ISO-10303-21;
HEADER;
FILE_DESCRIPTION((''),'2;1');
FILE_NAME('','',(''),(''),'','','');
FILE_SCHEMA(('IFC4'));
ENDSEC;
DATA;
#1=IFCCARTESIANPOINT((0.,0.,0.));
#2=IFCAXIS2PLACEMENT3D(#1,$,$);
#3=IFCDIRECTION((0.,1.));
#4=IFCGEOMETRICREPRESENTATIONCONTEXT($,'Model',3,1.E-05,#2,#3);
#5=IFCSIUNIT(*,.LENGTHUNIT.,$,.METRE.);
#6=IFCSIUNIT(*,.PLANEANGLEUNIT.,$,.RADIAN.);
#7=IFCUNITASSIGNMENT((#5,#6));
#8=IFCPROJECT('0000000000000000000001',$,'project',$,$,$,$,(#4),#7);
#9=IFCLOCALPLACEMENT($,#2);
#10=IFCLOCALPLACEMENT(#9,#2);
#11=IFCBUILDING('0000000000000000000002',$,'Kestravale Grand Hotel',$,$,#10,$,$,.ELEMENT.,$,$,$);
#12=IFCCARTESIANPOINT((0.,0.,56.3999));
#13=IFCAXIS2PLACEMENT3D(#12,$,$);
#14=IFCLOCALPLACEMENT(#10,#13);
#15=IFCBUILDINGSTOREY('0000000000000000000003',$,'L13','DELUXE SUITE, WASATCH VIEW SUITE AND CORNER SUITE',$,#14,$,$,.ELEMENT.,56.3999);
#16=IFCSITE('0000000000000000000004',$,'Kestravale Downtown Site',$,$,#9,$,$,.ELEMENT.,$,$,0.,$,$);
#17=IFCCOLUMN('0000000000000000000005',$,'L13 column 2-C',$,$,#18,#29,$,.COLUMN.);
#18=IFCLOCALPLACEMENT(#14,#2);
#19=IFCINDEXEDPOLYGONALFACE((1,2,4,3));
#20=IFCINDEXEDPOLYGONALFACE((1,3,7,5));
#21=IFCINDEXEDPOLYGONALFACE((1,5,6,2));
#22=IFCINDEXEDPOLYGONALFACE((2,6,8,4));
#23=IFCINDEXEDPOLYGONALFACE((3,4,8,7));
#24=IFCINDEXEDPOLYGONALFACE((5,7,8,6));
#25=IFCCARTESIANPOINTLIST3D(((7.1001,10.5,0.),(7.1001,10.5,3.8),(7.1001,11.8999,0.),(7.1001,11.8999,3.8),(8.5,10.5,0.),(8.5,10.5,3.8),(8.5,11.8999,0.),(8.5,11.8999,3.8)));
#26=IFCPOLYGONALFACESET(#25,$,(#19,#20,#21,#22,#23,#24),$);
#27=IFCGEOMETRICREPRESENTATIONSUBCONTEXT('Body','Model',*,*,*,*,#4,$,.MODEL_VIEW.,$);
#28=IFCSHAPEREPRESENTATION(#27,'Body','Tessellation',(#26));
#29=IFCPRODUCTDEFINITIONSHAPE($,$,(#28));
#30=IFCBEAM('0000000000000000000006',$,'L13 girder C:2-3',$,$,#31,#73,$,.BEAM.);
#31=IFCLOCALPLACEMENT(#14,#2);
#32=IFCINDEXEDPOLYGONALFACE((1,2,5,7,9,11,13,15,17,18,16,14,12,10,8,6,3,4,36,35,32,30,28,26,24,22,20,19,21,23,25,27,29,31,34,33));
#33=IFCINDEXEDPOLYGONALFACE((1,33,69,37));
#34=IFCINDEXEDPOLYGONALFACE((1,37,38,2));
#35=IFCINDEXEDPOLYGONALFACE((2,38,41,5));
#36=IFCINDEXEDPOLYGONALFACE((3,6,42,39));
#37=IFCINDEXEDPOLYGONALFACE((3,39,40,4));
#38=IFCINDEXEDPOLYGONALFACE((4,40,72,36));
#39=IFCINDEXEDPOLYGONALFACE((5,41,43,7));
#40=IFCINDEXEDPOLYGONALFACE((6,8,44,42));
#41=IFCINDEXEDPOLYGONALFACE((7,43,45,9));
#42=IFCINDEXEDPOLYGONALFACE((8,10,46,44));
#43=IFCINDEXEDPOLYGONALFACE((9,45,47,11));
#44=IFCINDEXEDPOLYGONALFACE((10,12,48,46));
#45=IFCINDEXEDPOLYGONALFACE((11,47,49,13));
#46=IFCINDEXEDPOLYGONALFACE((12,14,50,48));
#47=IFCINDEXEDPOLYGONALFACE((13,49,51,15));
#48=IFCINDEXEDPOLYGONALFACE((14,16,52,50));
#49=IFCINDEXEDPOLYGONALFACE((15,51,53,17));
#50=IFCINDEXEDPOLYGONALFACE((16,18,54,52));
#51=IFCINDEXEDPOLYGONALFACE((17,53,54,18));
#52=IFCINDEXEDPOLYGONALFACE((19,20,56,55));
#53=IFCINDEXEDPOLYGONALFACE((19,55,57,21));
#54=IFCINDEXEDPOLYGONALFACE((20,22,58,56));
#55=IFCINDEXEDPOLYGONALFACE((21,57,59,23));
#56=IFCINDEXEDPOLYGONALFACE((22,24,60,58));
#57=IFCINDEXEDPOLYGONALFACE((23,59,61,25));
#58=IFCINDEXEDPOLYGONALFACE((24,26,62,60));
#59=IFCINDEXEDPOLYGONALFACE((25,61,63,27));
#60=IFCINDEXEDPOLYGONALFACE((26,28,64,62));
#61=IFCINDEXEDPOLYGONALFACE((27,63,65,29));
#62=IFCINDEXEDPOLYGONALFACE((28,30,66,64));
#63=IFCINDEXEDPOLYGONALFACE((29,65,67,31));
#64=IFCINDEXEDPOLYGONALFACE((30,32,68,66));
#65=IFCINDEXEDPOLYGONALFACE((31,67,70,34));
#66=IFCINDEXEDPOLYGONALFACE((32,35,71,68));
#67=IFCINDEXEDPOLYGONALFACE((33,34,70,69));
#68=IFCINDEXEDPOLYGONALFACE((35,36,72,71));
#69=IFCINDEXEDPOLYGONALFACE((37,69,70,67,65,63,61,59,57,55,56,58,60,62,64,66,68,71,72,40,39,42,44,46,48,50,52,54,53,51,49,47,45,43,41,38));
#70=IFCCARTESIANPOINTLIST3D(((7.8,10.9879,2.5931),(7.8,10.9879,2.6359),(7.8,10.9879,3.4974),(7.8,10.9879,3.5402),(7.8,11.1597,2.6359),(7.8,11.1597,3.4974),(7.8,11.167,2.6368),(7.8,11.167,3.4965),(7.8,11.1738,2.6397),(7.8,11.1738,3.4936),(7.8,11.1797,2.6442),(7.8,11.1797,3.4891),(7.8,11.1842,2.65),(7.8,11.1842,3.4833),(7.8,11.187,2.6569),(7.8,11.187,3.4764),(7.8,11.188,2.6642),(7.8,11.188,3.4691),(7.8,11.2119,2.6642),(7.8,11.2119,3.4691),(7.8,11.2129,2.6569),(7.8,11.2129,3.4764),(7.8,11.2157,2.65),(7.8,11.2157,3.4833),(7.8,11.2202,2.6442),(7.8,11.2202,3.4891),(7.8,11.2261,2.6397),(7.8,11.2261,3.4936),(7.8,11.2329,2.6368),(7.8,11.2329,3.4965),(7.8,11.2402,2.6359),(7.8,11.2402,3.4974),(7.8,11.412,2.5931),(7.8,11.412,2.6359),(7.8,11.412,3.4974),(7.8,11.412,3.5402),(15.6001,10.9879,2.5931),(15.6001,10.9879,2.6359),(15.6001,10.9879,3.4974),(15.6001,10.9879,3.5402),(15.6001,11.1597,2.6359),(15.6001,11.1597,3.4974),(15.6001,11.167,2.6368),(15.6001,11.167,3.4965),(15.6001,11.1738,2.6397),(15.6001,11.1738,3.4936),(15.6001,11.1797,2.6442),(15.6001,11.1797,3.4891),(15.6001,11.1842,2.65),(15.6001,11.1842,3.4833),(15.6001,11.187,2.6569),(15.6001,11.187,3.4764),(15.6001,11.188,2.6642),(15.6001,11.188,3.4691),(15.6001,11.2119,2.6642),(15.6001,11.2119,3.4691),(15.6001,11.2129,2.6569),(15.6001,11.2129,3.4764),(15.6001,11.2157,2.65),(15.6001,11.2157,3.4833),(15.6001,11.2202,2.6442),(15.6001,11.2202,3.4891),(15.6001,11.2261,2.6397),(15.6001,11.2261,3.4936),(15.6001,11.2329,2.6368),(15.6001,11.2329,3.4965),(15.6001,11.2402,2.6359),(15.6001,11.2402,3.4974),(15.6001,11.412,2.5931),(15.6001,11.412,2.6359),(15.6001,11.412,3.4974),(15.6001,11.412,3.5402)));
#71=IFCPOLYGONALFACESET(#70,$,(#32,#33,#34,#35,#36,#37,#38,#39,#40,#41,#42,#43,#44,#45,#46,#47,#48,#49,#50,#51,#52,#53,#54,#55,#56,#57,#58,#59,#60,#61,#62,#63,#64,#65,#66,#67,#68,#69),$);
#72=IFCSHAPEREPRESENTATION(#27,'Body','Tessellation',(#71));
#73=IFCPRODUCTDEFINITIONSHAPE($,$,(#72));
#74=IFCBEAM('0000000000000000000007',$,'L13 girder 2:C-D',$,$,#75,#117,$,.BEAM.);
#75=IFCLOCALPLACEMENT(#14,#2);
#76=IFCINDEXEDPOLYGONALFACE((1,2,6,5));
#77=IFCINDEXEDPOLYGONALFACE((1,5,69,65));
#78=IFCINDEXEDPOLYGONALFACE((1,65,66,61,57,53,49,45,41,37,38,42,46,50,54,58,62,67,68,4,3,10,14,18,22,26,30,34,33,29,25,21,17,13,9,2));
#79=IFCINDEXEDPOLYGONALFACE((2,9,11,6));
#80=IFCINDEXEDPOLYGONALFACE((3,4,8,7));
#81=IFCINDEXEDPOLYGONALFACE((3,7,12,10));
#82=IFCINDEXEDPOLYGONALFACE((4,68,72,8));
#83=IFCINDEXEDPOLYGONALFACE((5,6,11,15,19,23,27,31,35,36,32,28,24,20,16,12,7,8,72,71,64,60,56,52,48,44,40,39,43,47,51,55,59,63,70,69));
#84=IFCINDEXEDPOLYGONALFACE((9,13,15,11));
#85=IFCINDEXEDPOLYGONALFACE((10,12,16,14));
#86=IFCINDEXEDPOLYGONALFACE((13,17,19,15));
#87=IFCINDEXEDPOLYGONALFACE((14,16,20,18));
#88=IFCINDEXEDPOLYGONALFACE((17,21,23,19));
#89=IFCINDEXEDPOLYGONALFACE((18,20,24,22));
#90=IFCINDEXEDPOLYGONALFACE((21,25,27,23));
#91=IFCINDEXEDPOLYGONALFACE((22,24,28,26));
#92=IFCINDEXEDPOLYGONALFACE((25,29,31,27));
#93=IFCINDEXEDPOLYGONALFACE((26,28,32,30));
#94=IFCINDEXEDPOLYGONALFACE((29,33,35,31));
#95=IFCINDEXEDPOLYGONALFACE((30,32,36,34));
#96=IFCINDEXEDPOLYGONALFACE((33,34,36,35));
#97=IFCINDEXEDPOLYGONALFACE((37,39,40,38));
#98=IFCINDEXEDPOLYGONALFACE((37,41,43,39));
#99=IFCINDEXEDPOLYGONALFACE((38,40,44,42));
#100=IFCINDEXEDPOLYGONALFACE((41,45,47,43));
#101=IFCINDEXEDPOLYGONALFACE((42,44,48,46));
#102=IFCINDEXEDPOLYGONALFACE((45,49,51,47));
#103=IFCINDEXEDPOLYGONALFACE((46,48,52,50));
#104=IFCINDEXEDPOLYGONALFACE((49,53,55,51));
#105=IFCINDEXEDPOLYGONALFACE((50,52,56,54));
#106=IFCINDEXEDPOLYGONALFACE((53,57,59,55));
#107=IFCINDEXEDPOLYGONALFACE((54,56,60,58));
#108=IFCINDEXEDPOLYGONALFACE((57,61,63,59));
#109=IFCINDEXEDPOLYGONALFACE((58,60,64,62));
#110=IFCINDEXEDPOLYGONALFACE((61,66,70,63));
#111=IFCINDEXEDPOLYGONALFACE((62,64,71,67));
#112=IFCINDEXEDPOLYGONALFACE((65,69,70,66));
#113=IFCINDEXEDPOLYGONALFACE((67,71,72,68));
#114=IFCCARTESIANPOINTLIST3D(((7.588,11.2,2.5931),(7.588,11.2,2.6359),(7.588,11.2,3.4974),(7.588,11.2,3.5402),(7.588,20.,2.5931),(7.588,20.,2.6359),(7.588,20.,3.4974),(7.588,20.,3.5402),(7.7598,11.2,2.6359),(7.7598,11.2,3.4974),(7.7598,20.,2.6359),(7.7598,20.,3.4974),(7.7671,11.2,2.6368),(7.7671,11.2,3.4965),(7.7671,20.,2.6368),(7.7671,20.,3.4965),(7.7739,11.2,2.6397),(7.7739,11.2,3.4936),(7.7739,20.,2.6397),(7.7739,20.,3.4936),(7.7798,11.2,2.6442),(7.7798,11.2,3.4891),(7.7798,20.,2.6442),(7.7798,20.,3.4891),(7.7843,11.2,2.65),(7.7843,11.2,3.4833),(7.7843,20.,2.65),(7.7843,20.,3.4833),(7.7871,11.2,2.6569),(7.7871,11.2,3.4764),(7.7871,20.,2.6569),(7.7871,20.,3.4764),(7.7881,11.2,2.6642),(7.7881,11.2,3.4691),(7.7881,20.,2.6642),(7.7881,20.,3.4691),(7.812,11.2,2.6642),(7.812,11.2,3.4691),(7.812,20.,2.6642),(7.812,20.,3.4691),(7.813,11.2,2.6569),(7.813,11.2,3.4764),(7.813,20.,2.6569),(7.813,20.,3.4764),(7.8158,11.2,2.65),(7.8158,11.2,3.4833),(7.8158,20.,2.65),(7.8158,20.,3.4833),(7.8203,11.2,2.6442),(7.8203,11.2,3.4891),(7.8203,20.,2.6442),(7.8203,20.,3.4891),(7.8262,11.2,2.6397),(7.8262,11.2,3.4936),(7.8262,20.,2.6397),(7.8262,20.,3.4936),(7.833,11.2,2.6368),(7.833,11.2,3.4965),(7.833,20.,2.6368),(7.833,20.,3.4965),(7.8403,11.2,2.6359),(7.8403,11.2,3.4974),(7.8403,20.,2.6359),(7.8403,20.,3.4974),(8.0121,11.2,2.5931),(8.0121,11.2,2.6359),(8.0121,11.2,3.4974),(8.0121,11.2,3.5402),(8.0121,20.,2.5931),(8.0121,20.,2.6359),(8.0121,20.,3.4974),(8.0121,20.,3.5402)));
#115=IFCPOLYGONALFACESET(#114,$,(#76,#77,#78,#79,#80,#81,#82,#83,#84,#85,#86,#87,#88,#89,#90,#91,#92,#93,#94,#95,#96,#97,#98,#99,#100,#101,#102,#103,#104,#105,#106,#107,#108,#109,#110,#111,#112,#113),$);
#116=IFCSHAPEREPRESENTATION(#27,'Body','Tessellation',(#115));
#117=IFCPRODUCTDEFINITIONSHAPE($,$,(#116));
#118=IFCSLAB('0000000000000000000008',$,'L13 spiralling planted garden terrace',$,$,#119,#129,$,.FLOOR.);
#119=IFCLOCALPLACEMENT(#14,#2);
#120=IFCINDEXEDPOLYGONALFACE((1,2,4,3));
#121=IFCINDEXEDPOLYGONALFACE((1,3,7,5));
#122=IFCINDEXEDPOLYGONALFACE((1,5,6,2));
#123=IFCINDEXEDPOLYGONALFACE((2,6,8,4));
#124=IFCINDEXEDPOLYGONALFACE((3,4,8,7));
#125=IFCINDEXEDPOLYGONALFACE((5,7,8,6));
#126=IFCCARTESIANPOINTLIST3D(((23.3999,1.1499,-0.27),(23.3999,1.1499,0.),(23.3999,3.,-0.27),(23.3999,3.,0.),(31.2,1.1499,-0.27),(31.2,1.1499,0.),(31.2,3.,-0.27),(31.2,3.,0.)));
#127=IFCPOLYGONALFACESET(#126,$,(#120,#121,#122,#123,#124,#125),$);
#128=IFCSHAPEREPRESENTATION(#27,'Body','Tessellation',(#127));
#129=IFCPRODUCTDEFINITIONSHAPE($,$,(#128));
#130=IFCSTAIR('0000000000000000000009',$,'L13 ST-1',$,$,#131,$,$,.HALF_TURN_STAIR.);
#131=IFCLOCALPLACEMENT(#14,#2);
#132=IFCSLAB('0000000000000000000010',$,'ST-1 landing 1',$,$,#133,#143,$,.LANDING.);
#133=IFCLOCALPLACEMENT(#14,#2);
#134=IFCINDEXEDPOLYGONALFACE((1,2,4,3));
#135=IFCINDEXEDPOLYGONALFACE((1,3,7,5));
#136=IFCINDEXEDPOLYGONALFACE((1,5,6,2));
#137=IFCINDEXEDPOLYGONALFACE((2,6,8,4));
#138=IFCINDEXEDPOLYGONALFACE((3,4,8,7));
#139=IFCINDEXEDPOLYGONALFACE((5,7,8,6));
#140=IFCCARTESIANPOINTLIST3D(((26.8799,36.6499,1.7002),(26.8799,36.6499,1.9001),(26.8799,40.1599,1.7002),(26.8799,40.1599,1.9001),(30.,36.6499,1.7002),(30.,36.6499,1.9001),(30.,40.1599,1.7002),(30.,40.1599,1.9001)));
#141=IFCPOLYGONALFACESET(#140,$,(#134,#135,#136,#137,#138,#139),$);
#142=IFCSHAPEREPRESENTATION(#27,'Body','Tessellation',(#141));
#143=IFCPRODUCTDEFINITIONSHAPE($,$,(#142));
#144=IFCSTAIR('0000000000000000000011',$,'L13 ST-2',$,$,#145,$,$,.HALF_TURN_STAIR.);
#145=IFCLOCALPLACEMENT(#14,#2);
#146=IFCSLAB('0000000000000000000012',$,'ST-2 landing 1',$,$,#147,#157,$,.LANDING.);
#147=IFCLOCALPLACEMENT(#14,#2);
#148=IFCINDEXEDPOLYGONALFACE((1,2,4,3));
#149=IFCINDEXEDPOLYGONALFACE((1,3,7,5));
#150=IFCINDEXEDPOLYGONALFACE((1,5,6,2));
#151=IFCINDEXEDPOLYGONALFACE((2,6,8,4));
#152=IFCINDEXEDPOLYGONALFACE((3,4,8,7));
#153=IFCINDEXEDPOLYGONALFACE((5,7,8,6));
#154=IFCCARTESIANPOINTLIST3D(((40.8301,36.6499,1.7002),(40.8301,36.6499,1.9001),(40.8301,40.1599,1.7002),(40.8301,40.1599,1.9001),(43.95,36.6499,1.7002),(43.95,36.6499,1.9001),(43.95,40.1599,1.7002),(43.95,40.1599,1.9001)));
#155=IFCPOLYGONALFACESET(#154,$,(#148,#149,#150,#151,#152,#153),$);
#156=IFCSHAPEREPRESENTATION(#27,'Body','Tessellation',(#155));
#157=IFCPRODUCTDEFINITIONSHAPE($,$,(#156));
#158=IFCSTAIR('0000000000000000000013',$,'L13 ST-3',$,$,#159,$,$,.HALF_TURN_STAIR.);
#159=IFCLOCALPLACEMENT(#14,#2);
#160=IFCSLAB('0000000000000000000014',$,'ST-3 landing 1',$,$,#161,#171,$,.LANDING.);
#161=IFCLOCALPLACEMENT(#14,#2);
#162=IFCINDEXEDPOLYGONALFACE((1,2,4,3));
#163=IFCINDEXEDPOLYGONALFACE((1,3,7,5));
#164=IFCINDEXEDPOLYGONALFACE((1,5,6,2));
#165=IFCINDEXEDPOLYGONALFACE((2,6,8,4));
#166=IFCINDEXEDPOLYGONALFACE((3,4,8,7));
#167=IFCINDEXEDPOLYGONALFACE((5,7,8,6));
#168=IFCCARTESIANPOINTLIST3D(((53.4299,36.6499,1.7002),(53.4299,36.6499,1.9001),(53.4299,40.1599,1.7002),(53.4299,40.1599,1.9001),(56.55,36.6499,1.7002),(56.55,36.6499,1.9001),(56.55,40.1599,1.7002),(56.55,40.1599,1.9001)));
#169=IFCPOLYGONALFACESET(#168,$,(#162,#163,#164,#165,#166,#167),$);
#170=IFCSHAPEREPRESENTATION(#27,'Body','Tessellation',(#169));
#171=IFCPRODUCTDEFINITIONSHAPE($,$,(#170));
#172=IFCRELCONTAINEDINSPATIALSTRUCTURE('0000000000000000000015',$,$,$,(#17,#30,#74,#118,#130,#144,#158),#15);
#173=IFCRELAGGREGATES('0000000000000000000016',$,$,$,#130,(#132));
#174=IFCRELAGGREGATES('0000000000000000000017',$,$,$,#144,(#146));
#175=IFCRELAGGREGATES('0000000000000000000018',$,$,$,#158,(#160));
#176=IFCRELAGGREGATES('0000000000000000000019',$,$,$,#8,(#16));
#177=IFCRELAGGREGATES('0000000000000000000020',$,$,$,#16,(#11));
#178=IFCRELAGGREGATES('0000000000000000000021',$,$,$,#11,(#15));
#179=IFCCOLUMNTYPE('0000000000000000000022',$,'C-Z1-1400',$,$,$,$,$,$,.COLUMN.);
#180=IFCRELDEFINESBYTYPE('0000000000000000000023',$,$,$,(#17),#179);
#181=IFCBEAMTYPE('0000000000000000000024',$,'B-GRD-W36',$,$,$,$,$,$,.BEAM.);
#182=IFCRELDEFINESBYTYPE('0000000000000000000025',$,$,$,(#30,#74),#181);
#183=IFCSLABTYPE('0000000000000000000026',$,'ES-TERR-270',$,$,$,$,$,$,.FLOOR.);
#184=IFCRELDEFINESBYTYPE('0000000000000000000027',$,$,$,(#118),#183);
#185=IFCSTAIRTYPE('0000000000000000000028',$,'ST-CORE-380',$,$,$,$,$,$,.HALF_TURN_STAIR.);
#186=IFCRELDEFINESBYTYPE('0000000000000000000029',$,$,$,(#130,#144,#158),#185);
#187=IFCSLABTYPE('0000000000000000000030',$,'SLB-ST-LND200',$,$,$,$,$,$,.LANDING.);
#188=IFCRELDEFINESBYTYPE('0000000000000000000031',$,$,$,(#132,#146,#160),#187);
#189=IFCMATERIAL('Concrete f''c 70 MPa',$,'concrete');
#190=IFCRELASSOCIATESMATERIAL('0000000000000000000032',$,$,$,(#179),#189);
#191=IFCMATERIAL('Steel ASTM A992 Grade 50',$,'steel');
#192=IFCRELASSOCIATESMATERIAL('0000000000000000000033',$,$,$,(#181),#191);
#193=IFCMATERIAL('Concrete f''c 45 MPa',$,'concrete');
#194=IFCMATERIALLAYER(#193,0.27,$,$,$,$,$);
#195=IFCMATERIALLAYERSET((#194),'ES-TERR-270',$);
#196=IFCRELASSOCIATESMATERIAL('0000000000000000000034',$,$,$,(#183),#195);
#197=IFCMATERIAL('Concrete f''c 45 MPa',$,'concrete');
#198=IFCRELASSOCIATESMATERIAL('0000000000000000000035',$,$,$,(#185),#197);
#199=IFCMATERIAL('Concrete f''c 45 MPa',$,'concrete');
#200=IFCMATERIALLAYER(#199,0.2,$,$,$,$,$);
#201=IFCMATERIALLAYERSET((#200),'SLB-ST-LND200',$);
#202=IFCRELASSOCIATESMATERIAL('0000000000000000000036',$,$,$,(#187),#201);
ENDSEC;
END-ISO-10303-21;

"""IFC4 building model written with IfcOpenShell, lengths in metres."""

from ifc_helpers import new_model, si_unit, direction, frame, origin, origin_2d, place, context, subcontext, project, spatial, polyline, rectangle, i_section, outline, extrude, material, layer, layer_set, material_profile, profile_set, type_object, element, aggregate, save


model = new_model("IFC4")

# Units and contexts
model_context = context("Model", 3, precision=1e-05, world=origin(), true_north=direction((0.0, 1.0)))
body_context = subcontext(model_context, "Body", "Model", "MODEL_VIEW")
ifc_project = project(units=[si_unit("LENGTHUNIT", "METRE"), si_unit("PLANEANGLEUNIT", "RADIAN")], contexts=[model_context])

# Site, building, storey
site_placement = place(None, origin())
site = spatial("IfcSite", under=ifc_project, at=site_placement, Name="Kestravale Downtown Site", CompositionType="ELEMENT", RefElevation=0.0)
building_placement = place(site_placement, origin())
building = spatial("IfcBuilding", under=site, at=building_placement, Name="Kestravale Grand Hotel", CompositionType="ELEMENT")
storey_placement = place(building_placement, frame((0.0, 0.0, 56.3999)))
storey = spatial("IfcBuildingStorey", under=building, at=storey_placement, Name="L13", Description="DELUXE SUITE, WASATCH VIEW SUITE AND CORNER SUITE", CompositionType="ELEMENT", Elevation=56.3999)

# Column
ifc_material_1 = material(Name="Concrete f'c 70 MPa", Category="concrete")
ifc_material_profile_1 = material_profile(ifc_material_1, rectangle(XDim=1.3999, YDim=1.3999, at=origin_2d()))
ifc_profile_set_1 = profile_set([ifc_material_profile_1], Name="Concrete f'c 70 MPa")
column_type = type_object("IfcColumnType", Name="C-Z1-1400", PredefinedType="COLUMN", material=ifc_profile_set_1)
column_placement = place(storey_placement, frame((7.8, 11.2, 0.0), z_axis=(0.0, 0.0, 1.0), x_axis=(1.0, 0.0, 0.0)))
element("IfcColumn", 1, at=column_placement, inside=storey, type_object=column_type, Name="L13 column 2-C", PredefinedType="COLUMN", context=body_context, shape_type="SweptSolid", body=[
    extrude(rectangle(XDim=1.3999, YDim=1.3999, at=origin_2d()), origin(), (0.0, 0.0, 1.0), 3.8),
])

# Beams
ifc_material_2 = material(Name="Steel ASTM A992 Grade 50", Category="steel")
ifc_material_profile_2 = material_profile(ifc_material_2, i_section(OverallWidth=0.4241, OverallDepth=0.947, WebThickness=0.0239, FlangeThickness=0.0427, FilletRadius=0.0283, at=origin_2d()))
ifc_profile_set_2 = profile_set([ifc_material_profile_2], Name="Steel ASTM A992 Grade 50")
beam_type = type_object("IfcBeamType", Name="B-GRD-W36", PredefinedType="BEAM", material=ifc_profile_set_2)
beam_1_placement = place(storey_placement, frame((7.8, 11.2, 3.0667), z_axis=(1.0, 0.0, 0.0), x_axis=(0.0, 1.0, 0.0)))
element("IfcBeam", 2, at=beam_1_placement, inside=storey, type_object=beam_type, Name="L13 girder C:2-3", PredefinedType="BEAM", context=body_context, shape_type="SweptSolid", body=[
    extrude(i_section(OverallWidth=0.4241, OverallDepth=0.947, WebThickness=0.0239, FlangeThickness=0.0427, FilletRadius=0.0283, at=origin_2d()), origin(), (0.0, 0.0, 1.0), 7.8),
])
beam_2_placement = place(storey_placement, frame((7.8, 11.2, 3.0667), z_axis=(0.0, 1.0, 0.0), x_axis=(-1.0, 0.0, 0.0)))
element("IfcBeam", 3, at=beam_2_placement, inside=storey, type_object=beam_type, Name="L13 girder 2:C-D", PredefinedType="BEAM", context=body_context, shape_type="SweptSolid", body=[
    extrude(i_section(OverallWidth=0.4241, OverallDepth=0.947, WebThickness=0.0239, FlangeThickness=0.0427, FilletRadius=0.0283, at=origin_2d()), origin(), (0.0, 0.0, 1.0), 8.8),
])

# Slab
ifc_material_3 = material(Name="Concrete f'c 45 MPa", Category="concrete")
ifc_layer_1 = layer(ifc_material_3, 0.27)
ifc_layer_set_1 = layer_set([ifc_layer_1], Name="ES-TERR-270")
slab_type_1 = type_object("IfcSlabType", Name="ES-TERR-270", PredefinedType="FLOOR", material=ifc_layer_set_1)
slab_1_placement = place(storey_placement, frame((0.0, 0.0, -0.27)))
element("IfcSlab", 4, at=slab_1_placement, inside=storey, type_object=slab_type_1, Name="L13 spiralling planted garden terrace", PredefinedType="FLOOR", context=body_context, shape_type="SweptSolid", body=[
    extrude(outline(polyline([(23.3999, 1.1499), (31.2, 1.1499), (31.2, 3.0), (23.3999, 3.0), (23.3999, 1.1499)])), origin(), (0.0, 0.0, 1.0), 0.27),
])

# Stairs, slabs
ifc_material_4 = material(Name="Concrete f'c 45 MPa", Category="concrete")
stair_type = type_object("IfcStairType", Name="ST-CORE-380", PredefinedType="HALF_TURN_STAIR", material=ifc_material_4)
stair_1_placement = place(storey_placement, origin())
stair_1 = element("IfcStair", 5, at=stair_1_placement, inside=storey, type_object=stair_type, Name="L13 ST-1", PredefinedType="HALF_TURN_STAIR")
ifc_material_5 = material(Name="Concrete f'c 45 MPa", Category="concrete")
ifc_layer_2 = layer(ifc_material_5, 0.2)
ifc_layer_set_2 = layer_set([ifc_layer_2], Name="SLB-ST-LND200")
slab_type_2 = type_object("IfcSlabType", Name="SLB-ST-LND200", PredefinedType="LANDING", material=ifc_layer_set_2)
slab_2_placement = place(storey_placement, frame((0.0, 0.0, 1.7002)))
slab_2 = element("IfcSlab", 6, at=slab_2_placement, type_object=slab_type_2, Name="ST-1 landing 1", PredefinedType="LANDING", context=body_context, shape_type="SweptSolid", body=[
    extrude(outline(polyline([(26.8799, 36.6499), (30.0, 36.6499), (30.0, 40.1599), (26.8799, 40.1599), (26.8799, 36.6499)])), origin(), (0.0, 0.0, 1.0), 0.2),
])
aggregate(stair_1, [slab_2])
stair_2_placement = place(storey_placement, origin())
stair_2 = element("IfcStair", 7, at=stair_2_placement, inside=storey, type_object=stair_type, Name="L13 ST-2", PredefinedType="HALF_TURN_STAIR")
slab_3_placement = place(storey_placement, frame((0.0, 0.0, 1.7002)))
slab_3 = element("IfcSlab", 8, at=slab_3_placement, type_object=slab_type_2, Name="ST-2 landing 1", PredefinedType="LANDING", context=body_context, shape_type="SweptSolid", body=[
    extrude(outline(polyline([(40.8301, 36.6499), (43.95, 36.6499), (43.95, 40.1599), (40.8301, 40.1599), (40.8301, 36.6499)])), origin(), (0.0, 0.0, 1.0), 0.2),
])
aggregate(stair_2, [slab_3])
stair_3_placement = place(storey_placement, origin())
stair_3 = element("IfcStair", 9, at=stair_3_placement, inside=storey, type_object=stair_type, Name="L13 ST-3", PredefinedType="HALF_TURN_STAIR")
slab_4_placement = place(storey_placement, frame((0.0, 0.0, 1.7002)))
slab_4 = element("IfcSlab", 10, at=slab_4_placement, type_object=slab_type_2, Name="ST-3 landing 1", PredefinedType="LANDING", context=body_context, shape_type="SweptSolid", body=[
    extrude(outline(polyline([(53.4299, 36.6499), (56.55, 36.6499), (56.55, 40.1599), (53.4299, 40.1599), (53.4299, 36.6499)])), origin(), (0.0, 0.0, 1.0), 0.2),
])
aggregate(stair_3, [slab_4])

save(model, "model.ifc")
